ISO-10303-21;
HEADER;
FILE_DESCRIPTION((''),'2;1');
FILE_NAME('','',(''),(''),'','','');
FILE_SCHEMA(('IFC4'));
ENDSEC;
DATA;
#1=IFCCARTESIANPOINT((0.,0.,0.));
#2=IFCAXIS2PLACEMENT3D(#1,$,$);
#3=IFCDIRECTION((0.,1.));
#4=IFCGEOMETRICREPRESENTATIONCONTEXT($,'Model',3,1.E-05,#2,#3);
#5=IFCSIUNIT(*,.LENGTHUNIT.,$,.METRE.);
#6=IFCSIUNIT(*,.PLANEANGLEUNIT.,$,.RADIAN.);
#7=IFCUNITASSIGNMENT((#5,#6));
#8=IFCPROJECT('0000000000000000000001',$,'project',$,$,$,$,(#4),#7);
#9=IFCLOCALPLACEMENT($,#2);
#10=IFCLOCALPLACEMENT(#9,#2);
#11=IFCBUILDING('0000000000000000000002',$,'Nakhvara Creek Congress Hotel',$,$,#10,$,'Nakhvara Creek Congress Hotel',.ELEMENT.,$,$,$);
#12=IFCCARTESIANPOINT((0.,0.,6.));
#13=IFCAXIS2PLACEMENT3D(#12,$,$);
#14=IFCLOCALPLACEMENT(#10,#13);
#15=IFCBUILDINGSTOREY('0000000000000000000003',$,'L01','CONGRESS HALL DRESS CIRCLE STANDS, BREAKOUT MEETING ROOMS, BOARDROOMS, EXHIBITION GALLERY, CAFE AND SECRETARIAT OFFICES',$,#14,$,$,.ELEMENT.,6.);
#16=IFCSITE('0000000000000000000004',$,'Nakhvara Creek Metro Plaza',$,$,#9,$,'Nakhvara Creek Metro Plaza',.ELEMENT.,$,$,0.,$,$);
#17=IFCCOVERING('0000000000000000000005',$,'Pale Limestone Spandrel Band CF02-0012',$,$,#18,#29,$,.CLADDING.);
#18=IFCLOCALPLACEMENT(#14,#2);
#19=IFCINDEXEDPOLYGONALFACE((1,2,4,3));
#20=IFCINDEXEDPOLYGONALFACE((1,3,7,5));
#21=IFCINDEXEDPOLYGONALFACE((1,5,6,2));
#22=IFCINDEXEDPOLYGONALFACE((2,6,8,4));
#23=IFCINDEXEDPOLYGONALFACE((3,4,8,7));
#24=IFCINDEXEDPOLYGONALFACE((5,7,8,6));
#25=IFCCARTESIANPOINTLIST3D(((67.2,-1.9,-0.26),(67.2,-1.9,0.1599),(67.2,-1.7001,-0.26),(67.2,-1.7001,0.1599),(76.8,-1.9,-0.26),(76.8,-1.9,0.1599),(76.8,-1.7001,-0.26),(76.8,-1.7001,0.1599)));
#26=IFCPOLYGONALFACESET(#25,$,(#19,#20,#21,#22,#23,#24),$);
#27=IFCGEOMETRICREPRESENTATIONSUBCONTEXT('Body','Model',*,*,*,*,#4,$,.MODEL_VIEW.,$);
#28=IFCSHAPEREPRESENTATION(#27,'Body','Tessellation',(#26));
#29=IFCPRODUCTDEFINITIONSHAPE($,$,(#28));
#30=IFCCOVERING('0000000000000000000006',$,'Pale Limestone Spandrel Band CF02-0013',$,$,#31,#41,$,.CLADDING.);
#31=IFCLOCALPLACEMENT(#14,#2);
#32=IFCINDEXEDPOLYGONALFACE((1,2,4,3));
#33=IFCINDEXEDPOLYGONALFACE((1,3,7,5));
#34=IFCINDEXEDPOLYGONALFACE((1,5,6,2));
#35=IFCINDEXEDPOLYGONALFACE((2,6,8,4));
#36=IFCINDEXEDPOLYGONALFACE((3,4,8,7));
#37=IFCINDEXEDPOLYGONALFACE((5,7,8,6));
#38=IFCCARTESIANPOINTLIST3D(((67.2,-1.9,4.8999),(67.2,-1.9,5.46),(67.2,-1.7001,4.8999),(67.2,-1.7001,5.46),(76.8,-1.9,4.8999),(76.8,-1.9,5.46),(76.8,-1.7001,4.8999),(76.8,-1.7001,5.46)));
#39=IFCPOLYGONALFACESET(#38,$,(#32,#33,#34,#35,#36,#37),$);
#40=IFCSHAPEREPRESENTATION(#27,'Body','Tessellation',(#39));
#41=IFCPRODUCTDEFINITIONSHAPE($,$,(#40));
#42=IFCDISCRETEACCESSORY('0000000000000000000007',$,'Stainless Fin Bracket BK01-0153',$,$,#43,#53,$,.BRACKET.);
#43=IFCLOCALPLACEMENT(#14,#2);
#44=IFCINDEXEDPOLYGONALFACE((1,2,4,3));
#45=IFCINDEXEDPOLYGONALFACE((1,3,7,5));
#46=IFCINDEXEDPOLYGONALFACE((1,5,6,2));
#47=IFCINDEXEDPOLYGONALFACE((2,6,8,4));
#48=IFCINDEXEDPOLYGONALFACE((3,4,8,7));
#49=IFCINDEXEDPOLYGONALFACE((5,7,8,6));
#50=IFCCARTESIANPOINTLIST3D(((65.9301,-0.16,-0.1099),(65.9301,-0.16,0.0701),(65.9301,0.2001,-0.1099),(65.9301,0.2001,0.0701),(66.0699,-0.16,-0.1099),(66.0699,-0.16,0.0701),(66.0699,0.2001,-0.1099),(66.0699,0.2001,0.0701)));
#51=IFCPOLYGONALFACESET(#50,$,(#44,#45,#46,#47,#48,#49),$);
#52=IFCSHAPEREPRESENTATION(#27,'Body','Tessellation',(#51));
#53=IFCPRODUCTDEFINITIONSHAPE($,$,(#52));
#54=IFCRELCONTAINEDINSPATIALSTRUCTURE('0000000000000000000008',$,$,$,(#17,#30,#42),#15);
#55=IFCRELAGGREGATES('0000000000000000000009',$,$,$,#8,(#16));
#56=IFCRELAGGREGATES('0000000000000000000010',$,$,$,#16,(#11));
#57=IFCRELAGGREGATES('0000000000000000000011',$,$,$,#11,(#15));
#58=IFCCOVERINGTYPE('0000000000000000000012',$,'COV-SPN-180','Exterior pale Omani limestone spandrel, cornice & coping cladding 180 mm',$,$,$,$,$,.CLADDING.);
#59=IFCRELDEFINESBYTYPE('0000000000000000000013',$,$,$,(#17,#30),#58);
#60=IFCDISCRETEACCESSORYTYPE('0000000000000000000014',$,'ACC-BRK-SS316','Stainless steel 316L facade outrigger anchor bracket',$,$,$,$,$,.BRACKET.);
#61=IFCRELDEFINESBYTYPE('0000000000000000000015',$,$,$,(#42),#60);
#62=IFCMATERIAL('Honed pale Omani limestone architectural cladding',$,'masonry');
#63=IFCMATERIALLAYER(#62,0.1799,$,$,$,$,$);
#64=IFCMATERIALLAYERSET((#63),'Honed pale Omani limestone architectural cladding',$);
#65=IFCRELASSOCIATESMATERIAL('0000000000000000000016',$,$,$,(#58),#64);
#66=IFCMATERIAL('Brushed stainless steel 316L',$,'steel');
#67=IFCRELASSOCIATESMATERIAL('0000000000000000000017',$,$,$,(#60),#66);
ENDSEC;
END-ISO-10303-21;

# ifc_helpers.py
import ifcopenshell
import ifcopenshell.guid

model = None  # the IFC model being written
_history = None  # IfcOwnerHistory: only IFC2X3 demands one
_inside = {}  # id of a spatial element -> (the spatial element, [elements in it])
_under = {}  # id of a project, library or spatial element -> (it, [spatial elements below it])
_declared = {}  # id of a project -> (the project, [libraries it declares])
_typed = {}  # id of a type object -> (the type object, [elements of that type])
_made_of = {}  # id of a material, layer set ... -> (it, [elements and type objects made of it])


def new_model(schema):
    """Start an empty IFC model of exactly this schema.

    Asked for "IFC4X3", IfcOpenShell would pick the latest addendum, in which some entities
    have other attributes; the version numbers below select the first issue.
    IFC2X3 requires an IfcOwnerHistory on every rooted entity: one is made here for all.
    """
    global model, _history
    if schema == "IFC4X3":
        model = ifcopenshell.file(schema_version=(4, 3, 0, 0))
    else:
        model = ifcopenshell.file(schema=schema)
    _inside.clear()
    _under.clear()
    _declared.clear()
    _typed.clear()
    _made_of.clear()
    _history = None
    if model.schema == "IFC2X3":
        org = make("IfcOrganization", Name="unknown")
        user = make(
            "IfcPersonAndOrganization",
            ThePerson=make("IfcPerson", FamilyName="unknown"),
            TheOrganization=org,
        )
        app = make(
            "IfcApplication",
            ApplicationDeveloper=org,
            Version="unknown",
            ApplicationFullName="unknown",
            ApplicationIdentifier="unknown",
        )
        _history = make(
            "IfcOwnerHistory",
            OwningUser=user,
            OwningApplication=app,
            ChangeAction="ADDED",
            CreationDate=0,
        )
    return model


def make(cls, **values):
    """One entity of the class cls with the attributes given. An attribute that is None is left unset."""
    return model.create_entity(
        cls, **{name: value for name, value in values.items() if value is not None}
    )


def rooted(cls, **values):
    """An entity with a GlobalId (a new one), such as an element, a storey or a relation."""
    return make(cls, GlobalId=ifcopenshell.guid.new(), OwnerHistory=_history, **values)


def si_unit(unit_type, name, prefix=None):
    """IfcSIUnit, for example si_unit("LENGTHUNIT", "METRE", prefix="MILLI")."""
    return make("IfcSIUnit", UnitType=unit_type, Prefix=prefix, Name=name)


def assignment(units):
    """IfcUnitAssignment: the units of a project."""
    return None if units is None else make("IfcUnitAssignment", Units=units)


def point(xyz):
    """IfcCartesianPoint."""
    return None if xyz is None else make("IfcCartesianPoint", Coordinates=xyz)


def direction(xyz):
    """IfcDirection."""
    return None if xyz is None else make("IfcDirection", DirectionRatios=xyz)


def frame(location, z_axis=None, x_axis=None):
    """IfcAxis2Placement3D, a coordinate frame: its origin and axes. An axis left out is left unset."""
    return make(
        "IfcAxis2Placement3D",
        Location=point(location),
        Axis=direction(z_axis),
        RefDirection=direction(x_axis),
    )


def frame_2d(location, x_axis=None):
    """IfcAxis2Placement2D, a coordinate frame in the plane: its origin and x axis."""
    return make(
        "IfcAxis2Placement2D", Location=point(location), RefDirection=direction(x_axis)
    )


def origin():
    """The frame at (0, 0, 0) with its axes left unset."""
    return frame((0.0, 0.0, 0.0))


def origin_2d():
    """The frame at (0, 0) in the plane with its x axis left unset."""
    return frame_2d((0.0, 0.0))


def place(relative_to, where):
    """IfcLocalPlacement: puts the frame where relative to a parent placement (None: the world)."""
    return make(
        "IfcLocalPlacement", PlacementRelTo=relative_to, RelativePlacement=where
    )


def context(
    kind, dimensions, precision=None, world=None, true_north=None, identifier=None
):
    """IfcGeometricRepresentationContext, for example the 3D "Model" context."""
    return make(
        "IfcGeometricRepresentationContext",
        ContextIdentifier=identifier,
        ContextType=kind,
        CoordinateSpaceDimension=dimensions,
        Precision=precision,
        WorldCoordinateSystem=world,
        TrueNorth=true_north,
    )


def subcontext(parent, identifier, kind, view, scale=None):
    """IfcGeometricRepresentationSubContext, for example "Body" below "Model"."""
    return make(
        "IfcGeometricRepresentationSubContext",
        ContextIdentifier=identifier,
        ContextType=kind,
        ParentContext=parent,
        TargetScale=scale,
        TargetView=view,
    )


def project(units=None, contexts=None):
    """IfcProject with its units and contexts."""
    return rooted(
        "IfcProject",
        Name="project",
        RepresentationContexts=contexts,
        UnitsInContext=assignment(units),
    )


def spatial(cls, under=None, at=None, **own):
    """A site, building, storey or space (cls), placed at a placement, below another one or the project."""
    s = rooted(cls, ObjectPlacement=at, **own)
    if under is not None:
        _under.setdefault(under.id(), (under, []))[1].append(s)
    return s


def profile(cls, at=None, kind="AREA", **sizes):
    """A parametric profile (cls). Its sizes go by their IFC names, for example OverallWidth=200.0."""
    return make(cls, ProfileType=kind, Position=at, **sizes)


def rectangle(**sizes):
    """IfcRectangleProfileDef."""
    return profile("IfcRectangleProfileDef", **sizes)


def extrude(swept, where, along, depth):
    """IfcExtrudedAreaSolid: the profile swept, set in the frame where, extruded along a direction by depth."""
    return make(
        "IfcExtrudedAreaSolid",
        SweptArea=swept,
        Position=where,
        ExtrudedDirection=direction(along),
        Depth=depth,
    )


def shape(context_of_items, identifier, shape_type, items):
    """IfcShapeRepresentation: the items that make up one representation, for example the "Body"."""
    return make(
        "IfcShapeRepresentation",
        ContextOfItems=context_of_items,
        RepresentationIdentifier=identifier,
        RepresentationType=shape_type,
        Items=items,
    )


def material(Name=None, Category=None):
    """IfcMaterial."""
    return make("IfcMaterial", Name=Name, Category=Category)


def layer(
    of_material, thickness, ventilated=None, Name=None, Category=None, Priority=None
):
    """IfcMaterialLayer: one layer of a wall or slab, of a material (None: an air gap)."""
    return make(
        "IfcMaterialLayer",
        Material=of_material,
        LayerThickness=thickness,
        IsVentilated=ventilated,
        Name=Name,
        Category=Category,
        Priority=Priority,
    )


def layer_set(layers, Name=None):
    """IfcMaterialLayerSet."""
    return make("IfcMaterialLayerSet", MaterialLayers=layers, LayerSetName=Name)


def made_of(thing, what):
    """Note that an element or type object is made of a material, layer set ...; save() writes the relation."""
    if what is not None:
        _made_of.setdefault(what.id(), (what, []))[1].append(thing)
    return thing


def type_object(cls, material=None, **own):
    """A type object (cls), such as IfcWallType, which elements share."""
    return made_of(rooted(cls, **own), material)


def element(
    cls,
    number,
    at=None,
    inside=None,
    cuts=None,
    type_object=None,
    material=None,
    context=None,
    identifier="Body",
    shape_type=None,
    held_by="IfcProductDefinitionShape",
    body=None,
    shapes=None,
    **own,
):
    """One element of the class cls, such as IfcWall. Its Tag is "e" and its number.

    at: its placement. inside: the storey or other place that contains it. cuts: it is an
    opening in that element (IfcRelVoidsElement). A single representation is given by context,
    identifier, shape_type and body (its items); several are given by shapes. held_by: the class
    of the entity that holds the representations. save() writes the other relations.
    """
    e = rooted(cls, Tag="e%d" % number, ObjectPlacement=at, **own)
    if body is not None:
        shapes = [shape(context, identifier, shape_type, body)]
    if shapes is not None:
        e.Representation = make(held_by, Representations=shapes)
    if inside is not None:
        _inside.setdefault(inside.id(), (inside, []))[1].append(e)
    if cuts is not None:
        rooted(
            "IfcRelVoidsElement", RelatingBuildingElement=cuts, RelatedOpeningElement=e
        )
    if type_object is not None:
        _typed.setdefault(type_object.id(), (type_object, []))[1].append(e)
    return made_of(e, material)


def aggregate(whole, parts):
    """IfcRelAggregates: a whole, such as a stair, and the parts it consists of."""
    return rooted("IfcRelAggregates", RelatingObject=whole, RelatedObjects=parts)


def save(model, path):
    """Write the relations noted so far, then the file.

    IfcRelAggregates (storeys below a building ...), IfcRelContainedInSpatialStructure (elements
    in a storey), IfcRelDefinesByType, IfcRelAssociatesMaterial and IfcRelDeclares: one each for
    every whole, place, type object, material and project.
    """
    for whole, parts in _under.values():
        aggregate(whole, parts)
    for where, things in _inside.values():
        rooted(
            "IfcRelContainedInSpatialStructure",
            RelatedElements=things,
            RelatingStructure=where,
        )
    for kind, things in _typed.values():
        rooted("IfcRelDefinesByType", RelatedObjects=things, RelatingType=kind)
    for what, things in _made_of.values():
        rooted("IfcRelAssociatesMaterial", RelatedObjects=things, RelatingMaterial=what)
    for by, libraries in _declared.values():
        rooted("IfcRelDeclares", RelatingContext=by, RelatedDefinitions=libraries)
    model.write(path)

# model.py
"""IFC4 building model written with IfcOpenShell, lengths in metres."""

from ifc_helpers import new_model, si_unit, direction, frame, origin, origin_2d, place, context, subcontext, project, spatial, rectangle, extrude, material, layer, layer_set, type_object, element, save


model = new_model("IFC4")

# Units and contexts
model_context = context("Model", 3, precision=1e-05, world=origin(), true_north=direction((0.0, 1.0)))
body_context = subcontext(model_context, "Body", "Model", "MODEL_VIEW")
ifc_project = project(units=[si_unit("LENGTHUNIT", "METRE"), si_unit("PLANEANGLEUNIT", "RADIAN")], contexts=[model_context])

# Site, building, storey
site_placement = place(None, origin())
site = spatial("IfcSite", under=ifc_project, at=site_placement, Name="Nakhvara Creek Metro Plaza", LongName="Nakhvara Creek Metro Plaza", CompositionType="ELEMENT", RefElevation=0.0)
building_placement = place(site_placement, origin())
building = spatial("IfcBuilding", under=site, at=building_placement, Name="Nakhvara Creek Congress Hotel", LongName="Nakhvara Creek Congress Hotel", CompositionType="ELEMENT")
storey_placement = place(building_placement, frame((0.0, 0.0, 6.0)))
storey = spatial("IfcBuildingStorey", under=building, at=storey_placement, Name="L01", Description="CONGRESS HALL DRESS CIRCLE STANDS, BREAKOUT MEETING ROOMS, BOARDROOMS, EXHIBITION GALLERY, CAFE AND SECRETARIAT OFFICES", CompositionType="ELEMENT", Elevation=6.0)

# Coverings
ifc_material_1 = material(Name="Honed pale Omani limestone architectural cladding", Category="masonry")
ifc_layer_1 = layer(ifc_material_1, 0.1799)
ifc_layer_set_1 = layer_set([ifc_layer_1], Name="Honed pale Omani limestone architectural cladding")
covering_type_1 = type_object("IfcCoveringType", Name="COV-SPN-180", Description="Exterior pale Omani limestone spandrel, cornice & coping cladding 180 mm", PredefinedType="CLADDING", material=ifc_layer_set_1)
covering_1_placement = place(storey_placement, frame((72.0, -1.8, -0.26), z_axis=(0.0, 0.0, 1.0), x_axis=(1.0, 0.0, 0.0)))
element("IfcCovering", 1, at=covering_1_placement, inside=storey, type_object=covering_type_1, Name="Pale Limestone Spandrel Band CF02-0012", PredefinedType="CLADDING", context=body_context, shape_type="SweptSolid", body=[
    extrude(rectangle(XDim=9.6001, YDim=0.2, at=origin_2d()), origin(), (0.0, 0.0, 1.0), 0.4199),
])
covering_2_placement = place(storey_placement, frame((72.0, -1.8, 4.8999), z_axis=(0.0, 0.0, 1.0), x_axis=(1.0, 0.0, 0.0)))
element("IfcCovering", 2, at=covering_2_placement, inside=storey, type_object=covering_type_1, Name="Pale Limestone Spandrel Band CF02-0013", PredefinedType="CLADDING", context=body_context, shape_type="SweptSolid", body=[
    extrude(rectangle(XDim=9.6001, YDim=0.2, at=origin_2d()), origin(), (0.0, 0.0, 1.0), 0.5601),
])

# Discrete accessory
ifc_material_2 = material(Name="Brushed stainless steel 316L", Category="steel")
discrete_accessory_type = type_object("IfcDiscreteAccessoryType", Name="ACC-BRK-SS316", Description="Stainless steel 316L facade outrigger anchor bracket", PredefinedType="BRACKET", material=ifc_material_2)
discrete_accessory_placement = place(storey_placement, frame((66.0, 0.02, -0.1099), z_axis=(0.0, 0.0, 1.0), x_axis=(1.0, 0.0, 0.0)))
element("IfcDiscreteAccessory", 3, at=discrete_accessory_placement, inside=storey, type_object=discrete_accessory_type, Name="Stainless Fin Bracket BK01-0153", PredefinedType="BRACKET", context=body_context, shape_type="SweptSolid", body=[
    extrude(rectangle(XDim=0.1399, YDim=0.3601, at=origin_2d()), origin(), (0.0, 0.0, 1.0), 0.1799),
])

save(model, "model.ifc")
